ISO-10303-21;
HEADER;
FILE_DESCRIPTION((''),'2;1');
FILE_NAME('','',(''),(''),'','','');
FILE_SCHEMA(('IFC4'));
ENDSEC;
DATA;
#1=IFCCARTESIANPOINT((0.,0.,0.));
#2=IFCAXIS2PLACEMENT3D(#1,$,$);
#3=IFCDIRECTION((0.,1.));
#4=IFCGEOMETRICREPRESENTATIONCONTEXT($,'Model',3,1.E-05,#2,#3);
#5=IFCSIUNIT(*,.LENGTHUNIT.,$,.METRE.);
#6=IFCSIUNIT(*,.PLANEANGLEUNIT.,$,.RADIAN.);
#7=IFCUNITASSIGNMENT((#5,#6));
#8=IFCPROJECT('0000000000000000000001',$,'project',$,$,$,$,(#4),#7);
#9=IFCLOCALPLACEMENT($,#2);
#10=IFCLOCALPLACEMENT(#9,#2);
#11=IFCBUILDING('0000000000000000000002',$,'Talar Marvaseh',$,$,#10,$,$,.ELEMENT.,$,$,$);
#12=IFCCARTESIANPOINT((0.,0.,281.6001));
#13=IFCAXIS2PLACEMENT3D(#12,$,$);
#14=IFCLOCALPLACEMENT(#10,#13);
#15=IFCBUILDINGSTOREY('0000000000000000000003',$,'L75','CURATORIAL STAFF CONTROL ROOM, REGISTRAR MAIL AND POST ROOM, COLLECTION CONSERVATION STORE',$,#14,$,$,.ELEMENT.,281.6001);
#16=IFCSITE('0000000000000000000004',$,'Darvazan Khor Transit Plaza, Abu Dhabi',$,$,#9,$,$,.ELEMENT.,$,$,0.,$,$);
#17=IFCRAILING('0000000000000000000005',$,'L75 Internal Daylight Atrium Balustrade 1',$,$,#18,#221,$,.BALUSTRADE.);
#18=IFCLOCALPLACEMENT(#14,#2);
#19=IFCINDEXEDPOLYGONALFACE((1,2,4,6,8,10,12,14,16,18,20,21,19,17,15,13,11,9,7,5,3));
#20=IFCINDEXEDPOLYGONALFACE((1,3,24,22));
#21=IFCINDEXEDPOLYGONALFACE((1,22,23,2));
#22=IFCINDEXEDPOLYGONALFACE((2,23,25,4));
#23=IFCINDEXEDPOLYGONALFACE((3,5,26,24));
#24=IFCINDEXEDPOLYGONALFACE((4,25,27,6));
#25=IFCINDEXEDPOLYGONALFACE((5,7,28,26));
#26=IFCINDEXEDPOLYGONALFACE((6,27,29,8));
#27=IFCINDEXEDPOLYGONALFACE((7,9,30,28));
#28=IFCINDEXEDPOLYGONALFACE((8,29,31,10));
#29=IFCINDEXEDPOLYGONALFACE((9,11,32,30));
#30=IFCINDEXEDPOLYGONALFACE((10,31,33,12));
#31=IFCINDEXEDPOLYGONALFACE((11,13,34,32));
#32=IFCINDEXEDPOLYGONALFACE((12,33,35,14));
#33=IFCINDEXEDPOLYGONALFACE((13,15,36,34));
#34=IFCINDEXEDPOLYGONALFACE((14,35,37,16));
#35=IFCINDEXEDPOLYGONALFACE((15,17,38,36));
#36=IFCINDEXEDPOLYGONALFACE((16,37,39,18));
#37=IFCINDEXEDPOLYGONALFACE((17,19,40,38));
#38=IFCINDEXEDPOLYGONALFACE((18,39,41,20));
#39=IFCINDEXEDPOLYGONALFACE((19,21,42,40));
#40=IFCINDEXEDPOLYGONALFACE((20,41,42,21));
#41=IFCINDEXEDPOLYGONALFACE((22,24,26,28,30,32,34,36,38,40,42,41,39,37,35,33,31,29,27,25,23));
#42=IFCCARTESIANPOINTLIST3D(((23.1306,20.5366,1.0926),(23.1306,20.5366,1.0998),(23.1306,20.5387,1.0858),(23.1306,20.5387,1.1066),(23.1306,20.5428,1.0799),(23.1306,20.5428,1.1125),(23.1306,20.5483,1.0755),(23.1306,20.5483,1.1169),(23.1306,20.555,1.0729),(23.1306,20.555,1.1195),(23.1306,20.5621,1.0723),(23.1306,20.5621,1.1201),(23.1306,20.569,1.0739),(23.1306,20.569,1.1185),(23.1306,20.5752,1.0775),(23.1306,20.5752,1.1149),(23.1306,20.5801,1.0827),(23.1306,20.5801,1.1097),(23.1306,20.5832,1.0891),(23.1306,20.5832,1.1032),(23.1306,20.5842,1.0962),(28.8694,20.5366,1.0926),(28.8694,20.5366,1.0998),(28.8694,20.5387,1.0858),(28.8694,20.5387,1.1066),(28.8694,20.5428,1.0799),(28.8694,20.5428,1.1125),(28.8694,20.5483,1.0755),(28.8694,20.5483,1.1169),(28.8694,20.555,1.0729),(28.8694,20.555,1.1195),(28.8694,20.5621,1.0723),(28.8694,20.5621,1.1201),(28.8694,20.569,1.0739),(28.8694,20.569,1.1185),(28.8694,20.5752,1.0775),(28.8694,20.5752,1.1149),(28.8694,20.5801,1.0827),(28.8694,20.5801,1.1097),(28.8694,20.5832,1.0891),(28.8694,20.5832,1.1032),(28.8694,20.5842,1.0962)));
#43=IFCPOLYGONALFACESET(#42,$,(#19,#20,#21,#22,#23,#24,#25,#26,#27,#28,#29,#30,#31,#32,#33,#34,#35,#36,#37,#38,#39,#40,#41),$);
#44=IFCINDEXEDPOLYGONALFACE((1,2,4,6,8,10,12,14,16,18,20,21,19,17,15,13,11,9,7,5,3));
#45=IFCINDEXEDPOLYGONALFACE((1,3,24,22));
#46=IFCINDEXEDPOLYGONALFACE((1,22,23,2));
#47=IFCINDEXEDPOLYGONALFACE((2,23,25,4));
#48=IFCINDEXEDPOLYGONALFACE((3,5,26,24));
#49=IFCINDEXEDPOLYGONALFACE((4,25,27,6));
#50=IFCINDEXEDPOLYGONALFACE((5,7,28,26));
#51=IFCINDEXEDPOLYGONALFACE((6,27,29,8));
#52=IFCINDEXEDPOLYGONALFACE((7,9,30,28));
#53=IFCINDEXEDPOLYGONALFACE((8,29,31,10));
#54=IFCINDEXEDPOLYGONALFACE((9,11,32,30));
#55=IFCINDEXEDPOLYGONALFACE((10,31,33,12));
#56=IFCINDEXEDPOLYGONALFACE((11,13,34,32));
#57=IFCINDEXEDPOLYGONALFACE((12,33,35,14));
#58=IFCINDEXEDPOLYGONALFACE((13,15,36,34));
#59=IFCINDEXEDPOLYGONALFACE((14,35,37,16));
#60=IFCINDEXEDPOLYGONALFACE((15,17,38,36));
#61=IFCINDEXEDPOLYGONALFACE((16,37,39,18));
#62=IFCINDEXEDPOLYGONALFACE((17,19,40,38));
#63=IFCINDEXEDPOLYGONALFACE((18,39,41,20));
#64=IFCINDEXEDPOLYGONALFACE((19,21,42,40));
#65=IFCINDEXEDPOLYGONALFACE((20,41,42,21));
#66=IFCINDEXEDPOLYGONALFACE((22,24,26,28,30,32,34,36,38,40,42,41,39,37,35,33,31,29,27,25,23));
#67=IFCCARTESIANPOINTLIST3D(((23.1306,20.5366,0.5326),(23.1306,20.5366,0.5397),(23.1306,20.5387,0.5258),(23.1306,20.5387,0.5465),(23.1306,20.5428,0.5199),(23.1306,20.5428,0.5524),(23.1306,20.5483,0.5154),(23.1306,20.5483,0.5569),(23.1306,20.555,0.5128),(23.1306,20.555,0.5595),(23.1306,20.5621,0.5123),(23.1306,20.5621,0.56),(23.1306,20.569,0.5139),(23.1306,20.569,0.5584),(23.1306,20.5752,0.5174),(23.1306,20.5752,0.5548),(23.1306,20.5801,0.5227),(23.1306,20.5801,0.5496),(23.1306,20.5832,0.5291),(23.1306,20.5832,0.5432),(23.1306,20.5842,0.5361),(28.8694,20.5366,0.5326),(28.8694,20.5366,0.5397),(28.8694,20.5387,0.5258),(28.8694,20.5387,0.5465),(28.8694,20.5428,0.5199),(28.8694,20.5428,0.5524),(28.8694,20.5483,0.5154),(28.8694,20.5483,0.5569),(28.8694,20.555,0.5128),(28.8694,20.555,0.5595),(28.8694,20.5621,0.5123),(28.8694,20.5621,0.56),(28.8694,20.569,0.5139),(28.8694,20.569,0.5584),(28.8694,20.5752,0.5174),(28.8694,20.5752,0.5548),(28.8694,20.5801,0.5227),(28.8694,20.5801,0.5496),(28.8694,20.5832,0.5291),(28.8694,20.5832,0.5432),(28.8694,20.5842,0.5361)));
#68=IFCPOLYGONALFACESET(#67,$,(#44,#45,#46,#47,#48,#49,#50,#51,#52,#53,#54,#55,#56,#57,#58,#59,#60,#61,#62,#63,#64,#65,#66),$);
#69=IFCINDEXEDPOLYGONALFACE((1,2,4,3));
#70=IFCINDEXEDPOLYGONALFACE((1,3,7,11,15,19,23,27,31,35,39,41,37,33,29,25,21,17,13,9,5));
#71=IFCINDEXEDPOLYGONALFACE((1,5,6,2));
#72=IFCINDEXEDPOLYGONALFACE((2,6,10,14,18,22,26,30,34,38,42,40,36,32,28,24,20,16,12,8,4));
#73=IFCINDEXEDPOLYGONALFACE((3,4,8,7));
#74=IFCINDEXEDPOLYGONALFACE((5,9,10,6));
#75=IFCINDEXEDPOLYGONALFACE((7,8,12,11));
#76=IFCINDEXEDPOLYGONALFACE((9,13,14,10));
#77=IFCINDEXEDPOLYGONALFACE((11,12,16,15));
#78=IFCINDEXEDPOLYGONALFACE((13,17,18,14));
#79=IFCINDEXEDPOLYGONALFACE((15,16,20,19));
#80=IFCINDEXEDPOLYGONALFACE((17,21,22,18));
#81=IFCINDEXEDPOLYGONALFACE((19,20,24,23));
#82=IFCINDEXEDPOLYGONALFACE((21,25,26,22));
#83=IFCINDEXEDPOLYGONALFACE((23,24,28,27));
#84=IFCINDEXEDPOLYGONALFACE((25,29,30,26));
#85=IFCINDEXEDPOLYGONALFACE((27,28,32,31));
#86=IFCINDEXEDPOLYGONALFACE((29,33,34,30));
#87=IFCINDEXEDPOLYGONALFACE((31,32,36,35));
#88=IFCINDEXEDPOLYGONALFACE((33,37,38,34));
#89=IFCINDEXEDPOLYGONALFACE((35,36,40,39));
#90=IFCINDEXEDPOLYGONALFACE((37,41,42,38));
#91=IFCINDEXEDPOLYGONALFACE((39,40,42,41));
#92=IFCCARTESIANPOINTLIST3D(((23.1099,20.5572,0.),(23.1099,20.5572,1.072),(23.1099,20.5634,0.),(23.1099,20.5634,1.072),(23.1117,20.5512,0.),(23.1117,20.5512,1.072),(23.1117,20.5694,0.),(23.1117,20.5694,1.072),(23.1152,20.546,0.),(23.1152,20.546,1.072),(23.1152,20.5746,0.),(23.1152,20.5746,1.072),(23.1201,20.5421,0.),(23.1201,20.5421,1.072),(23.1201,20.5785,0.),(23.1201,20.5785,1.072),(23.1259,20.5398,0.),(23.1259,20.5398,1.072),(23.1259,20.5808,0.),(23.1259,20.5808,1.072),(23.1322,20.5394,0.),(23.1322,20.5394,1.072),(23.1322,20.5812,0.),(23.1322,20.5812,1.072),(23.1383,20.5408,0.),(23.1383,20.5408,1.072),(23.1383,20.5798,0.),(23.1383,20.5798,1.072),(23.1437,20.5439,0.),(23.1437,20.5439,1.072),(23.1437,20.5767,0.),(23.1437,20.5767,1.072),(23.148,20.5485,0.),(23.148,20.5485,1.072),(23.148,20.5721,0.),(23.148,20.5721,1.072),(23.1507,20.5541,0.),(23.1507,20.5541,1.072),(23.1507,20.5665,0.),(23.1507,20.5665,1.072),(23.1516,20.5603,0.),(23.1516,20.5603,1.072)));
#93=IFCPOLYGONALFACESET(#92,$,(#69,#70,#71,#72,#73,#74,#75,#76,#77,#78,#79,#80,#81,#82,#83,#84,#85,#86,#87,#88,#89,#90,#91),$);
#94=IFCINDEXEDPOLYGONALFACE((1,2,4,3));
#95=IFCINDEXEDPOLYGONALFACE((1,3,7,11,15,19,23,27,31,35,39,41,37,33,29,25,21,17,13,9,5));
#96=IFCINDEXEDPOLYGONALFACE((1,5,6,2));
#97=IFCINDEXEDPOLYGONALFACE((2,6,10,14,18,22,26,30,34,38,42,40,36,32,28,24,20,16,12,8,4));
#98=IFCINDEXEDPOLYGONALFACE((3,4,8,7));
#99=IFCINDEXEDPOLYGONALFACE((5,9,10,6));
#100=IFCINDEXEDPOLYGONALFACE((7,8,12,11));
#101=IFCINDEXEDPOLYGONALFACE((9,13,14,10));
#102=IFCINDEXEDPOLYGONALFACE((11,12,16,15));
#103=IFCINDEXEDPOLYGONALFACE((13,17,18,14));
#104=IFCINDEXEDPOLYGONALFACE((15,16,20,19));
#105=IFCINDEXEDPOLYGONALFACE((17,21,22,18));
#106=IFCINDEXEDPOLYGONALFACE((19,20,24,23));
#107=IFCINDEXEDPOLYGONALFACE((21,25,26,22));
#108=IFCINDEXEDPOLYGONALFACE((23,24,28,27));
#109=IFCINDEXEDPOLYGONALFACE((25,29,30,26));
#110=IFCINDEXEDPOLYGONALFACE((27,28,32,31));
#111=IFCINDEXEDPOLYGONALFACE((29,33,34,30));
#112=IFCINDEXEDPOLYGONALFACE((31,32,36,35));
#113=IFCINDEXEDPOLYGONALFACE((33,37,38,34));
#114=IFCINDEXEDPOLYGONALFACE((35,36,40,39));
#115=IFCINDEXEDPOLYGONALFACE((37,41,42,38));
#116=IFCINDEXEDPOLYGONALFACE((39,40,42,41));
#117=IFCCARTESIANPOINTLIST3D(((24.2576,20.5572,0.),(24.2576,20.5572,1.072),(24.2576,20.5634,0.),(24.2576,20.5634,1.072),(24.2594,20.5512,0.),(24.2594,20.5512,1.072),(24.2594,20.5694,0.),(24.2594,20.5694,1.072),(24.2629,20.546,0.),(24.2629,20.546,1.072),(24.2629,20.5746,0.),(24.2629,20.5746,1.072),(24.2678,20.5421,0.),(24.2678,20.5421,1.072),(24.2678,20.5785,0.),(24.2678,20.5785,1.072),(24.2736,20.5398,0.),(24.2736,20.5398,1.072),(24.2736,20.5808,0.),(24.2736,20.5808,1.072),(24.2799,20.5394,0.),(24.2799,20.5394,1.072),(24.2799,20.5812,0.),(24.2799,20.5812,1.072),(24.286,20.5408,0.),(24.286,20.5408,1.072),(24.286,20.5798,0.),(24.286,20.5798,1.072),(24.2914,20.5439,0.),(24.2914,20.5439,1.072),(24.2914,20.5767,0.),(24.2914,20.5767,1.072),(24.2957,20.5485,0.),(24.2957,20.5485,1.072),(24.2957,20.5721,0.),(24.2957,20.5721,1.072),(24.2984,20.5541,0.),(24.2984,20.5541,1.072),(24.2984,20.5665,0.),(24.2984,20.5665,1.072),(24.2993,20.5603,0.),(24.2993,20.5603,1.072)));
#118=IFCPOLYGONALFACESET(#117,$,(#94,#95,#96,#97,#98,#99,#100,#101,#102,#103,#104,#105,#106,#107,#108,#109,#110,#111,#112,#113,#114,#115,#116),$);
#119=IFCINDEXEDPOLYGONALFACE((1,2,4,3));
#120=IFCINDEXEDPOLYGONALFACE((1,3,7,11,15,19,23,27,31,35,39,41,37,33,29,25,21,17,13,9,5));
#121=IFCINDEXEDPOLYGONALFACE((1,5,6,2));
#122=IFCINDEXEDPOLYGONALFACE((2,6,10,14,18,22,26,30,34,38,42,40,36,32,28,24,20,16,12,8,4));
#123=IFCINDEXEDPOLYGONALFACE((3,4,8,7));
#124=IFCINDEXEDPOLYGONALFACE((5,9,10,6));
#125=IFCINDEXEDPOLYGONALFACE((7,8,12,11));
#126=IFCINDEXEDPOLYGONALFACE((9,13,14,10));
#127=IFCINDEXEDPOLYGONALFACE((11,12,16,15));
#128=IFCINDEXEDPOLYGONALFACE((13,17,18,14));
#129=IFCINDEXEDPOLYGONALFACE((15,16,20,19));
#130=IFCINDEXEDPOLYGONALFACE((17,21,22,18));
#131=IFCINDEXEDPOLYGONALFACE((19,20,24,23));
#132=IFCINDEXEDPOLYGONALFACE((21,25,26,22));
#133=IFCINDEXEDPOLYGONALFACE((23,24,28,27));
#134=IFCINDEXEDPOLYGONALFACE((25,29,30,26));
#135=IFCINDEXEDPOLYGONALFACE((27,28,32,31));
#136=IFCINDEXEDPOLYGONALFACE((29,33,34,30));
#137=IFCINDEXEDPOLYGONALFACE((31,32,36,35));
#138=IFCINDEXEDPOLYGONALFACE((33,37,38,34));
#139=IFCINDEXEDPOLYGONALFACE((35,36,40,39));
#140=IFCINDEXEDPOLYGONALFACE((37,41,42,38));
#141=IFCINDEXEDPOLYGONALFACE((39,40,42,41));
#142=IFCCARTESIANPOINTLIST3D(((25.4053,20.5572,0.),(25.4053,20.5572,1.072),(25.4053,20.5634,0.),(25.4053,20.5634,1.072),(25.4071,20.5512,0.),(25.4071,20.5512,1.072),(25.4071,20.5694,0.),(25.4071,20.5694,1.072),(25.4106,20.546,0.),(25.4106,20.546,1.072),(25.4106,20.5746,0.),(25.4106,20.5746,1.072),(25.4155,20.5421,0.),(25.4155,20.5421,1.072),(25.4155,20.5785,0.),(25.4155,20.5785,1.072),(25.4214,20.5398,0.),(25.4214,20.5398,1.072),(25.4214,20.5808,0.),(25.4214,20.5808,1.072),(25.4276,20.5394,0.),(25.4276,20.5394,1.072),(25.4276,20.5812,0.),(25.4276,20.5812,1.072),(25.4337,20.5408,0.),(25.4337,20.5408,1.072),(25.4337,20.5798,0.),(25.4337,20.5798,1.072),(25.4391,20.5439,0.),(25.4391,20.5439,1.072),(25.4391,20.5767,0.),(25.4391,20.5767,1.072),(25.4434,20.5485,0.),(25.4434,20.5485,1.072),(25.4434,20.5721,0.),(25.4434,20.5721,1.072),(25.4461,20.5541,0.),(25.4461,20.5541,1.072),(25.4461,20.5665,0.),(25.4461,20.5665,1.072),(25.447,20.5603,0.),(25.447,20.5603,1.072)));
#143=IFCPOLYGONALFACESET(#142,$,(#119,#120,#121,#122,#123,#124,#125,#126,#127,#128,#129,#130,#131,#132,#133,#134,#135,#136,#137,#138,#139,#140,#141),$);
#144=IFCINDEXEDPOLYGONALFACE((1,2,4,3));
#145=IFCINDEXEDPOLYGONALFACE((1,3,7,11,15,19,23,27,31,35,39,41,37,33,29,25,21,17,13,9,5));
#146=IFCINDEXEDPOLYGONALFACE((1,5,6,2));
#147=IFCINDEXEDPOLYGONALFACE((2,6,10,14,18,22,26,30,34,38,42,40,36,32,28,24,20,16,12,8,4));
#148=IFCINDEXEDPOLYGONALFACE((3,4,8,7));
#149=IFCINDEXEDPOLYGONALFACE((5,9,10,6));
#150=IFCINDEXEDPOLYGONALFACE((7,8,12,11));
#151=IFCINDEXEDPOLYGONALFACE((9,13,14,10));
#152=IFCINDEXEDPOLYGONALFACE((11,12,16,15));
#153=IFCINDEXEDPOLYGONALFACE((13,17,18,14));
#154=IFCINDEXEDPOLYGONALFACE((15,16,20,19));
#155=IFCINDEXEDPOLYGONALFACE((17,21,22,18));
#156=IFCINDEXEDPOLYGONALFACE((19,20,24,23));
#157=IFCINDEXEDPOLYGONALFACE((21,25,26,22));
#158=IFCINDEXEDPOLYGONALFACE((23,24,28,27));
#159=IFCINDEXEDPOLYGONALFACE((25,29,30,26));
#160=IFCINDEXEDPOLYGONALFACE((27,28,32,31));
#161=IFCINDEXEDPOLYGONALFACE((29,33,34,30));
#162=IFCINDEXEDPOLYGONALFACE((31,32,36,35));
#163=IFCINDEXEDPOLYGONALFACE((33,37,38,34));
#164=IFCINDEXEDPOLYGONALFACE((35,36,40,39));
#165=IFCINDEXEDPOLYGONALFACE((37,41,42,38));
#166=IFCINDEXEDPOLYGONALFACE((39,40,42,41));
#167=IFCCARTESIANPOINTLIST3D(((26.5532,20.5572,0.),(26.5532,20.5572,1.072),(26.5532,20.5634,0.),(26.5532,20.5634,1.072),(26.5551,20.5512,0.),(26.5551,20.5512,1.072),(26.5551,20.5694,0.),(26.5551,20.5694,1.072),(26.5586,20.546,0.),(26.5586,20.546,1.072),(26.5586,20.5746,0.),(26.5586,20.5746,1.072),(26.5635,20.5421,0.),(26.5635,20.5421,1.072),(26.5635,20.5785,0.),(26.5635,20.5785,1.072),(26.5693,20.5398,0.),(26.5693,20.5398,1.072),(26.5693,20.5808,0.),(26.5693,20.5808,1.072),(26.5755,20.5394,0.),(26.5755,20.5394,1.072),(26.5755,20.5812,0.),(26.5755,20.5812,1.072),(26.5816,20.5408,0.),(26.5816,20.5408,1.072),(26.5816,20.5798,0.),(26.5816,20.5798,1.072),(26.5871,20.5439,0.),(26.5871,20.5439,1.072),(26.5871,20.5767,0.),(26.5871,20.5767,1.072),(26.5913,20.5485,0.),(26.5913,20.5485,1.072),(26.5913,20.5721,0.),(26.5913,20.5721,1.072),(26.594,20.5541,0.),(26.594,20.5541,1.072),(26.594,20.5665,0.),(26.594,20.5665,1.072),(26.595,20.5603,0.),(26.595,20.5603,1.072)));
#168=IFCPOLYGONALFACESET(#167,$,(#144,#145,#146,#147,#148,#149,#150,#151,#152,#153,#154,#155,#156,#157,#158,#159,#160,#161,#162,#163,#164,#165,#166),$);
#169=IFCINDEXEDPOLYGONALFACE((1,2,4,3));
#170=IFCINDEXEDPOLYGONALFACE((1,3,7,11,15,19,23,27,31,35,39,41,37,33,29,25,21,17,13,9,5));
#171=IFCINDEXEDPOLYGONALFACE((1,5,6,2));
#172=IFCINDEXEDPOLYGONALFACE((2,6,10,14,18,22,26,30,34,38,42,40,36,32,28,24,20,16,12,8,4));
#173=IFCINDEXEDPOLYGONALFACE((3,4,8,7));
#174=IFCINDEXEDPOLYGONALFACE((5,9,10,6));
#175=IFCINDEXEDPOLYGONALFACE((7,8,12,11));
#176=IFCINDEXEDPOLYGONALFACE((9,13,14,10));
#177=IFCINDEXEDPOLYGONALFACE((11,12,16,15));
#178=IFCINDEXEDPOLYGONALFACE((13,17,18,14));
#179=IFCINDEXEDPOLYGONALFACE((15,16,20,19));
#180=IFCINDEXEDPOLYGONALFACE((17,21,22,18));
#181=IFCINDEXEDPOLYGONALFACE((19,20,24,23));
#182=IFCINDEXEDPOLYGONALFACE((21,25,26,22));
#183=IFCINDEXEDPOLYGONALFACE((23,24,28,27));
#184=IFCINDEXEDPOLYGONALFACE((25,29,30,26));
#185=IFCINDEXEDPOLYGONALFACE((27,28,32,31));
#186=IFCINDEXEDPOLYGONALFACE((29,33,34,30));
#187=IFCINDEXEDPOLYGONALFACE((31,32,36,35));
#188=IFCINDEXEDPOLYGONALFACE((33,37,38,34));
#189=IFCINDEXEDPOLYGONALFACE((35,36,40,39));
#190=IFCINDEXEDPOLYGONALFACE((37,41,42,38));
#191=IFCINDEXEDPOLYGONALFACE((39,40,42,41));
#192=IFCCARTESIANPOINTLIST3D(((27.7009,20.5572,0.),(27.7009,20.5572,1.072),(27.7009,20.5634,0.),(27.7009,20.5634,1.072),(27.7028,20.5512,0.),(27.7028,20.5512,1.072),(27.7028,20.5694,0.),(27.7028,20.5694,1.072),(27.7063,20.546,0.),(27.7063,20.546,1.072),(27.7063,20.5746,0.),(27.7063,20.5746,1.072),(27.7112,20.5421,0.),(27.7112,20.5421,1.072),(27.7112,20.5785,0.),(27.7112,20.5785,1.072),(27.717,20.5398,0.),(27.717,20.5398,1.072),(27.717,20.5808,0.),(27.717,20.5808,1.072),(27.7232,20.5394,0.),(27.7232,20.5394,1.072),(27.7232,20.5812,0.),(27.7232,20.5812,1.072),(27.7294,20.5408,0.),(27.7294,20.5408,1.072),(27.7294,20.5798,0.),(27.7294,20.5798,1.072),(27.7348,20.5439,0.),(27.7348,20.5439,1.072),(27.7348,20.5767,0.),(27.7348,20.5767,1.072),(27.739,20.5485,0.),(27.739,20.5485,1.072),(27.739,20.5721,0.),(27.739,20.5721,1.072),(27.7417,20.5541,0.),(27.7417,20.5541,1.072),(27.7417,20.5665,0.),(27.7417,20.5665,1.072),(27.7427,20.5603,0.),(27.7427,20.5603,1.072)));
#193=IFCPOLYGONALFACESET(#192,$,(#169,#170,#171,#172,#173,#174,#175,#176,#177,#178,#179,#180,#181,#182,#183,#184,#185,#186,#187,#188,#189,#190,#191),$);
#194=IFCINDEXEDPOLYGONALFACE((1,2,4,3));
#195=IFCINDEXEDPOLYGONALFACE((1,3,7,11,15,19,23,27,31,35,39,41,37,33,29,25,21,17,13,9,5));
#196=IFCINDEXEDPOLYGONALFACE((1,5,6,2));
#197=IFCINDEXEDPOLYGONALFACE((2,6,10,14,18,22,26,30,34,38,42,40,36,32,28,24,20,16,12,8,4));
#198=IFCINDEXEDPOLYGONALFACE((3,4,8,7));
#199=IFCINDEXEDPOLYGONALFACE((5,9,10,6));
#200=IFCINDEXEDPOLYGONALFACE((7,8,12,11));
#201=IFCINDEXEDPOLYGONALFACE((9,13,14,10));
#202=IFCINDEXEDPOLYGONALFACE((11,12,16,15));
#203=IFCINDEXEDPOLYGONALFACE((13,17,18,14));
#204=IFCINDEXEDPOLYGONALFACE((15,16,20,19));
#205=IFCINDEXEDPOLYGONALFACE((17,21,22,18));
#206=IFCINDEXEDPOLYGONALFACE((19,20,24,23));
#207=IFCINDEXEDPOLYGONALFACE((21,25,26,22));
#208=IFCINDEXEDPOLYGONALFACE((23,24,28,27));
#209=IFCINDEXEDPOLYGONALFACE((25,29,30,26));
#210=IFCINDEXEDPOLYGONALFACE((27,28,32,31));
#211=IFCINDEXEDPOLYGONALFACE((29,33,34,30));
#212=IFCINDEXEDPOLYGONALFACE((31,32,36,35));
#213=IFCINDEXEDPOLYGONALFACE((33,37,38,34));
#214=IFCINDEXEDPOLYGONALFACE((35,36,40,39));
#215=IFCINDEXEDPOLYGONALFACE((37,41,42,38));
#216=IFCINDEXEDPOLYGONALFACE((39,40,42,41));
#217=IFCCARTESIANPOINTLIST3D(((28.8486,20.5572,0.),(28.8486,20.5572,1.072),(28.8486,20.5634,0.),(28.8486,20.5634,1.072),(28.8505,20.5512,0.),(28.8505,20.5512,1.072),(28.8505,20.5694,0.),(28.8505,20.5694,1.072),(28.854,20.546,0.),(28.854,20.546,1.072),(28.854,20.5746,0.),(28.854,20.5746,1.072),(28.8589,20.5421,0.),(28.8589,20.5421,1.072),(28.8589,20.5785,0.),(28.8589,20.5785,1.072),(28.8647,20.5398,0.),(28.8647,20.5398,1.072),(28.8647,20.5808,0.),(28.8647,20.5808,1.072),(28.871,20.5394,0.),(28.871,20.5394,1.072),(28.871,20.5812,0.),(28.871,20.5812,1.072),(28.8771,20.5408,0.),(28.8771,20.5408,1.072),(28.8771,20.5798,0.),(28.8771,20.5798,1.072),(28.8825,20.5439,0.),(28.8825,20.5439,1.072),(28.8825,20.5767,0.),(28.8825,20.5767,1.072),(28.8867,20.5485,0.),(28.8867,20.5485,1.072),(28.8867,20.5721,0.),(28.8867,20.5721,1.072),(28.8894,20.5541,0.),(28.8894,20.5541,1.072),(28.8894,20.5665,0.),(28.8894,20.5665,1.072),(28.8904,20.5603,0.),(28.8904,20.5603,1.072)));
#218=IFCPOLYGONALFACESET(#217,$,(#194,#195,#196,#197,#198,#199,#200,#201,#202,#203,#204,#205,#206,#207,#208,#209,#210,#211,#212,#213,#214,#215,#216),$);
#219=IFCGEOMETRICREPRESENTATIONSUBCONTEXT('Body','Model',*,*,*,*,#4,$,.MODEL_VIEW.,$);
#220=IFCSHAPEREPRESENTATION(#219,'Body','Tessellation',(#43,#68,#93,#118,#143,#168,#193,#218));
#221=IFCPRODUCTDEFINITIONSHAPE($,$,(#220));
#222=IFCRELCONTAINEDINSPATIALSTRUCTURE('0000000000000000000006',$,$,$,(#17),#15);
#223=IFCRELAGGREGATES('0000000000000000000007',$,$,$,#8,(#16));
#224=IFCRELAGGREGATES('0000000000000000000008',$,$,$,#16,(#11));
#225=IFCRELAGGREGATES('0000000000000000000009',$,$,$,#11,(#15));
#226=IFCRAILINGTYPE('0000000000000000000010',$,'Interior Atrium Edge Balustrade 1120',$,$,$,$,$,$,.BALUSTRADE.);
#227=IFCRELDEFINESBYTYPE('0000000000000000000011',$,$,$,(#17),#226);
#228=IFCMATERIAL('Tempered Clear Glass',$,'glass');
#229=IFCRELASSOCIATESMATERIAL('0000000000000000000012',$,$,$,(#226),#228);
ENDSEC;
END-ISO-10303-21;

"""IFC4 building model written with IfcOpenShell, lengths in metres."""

from ifc_helpers import new_model, si_unit, direction, frame, origin, origin_2d, place, context, subcontext, project, spatial, circle, extrude, material, type_object, element, save


model = new_model("IFC4")

# Units and contexts
model_context = context("Model", 3, precision=1e-05, world=origin(), true_north=direction((0.0, 1.0)))
body_context = subcontext(model_context, "Body", "Model", "MODEL_VIEW")
ifc_project = project(units=[si_unit("LENGTHUNIT", "METRE"), si_unit("PLANEANGLEUNIT", "RADIAN")], contexts=[model_context])

# Site, building, storey
site_placement = place(None, origin())
site = spatial("IfcSite", under=ifc_project, at=site_placement, Name="Darvazan Khor Transit Plaza, Abu Dhabi", CompositionType="ELEMENT", RefElevation=0.0)
building_placement = place(site_placement, origin())
building = spatial("IfcBuilding", under=site, at=building_placement, Name="Talar Marvaseh", CompositionType="ELEMENT")
storey_placement = place(building_placement, frame((0.0, 0.0, 281.6001)))
storey = spatial("IfcBuildingStorey", under=building, at=storey_placement, Name="L75", Description="CURATORIAL STAFF CONTROL ROOM, REGISTRAR MAIL AND POST ROOM, COLLECTION CONSERVATION STORE", CompositionType="ELEMENT", Elevation=281.6001)

# Railing
ifc_material_1 = material(Name="Tempered Clear Glass", Category="glass")
railing_type = type_object("IfcRailingType", Name="Interior Atrium Edge Balustrade 1120", PredefinedType="BALUSTRADE", material=ifc_material_1)
railing_1_placement = place(storey_placement, frame((23.1306, 20.5603, 0.0)))
element("IfcRailing", 1, at=railing_1_placement, inside=storey, type_object=railing_type, Name="L75 Internal Daylight Atrium Balustrade 1", PredefinedType="BALUSTRADE", context=body_context, shape_type="SweptSolid", body=[
    extrude(circle(Radius=0.0239, at=origin_2d()), frame((0.0, 0.0, 1.0962), z_axis=(1.0, 0.0, 0.0), x_axis=(0.0, 1.0, 0.0)), (0.0, 0.0, 1.0), 5.7388),
    extrude(circle(Radius=0.0239, at=origin_2d()), frame((0.0, 0.0, 0.5361), z_axis=(1.0, 0.0, 0.0), x_axis=(0.0, 1.0, 0.0)), (0.0, 0.0, 1.0), 5.7388),
    extrude(circle(Radius=0.021, at=origin_2d()), origin(), (0.0, 0.0, 1.0), 1.072),
    extrude(circle(Radius=0.021, at=origin_2d()), frame((1.1477, 0.0, 0.0)), (0.0, 0.0, 1.0), 1.072),
    extrude(circle(Radius=0.021, at=origin_2d()), frame((2.2954, 0.0, 0.0)), (0.0, 0.0, 1.0), 1.072),
    extrude(circle(Radius=0.021, at=origin_2d()), frame((3.4434, 0.0, 0.0)), (0.0, 0.0, 1.0), 1.072),
    extrude(circle(Radius=0.021, at=origin_2d()), frame((4.5911, 0.0, 0.0)), (0.0, 0.0, 1.0), 1.072),
    extrude(circle(Radius=0.021, at=origin_2d()), frame((5.7388, 0.0, 0.0)), (0.0, 0.0, 1.0), 1.072),
])

save(model, "model.ifc")
